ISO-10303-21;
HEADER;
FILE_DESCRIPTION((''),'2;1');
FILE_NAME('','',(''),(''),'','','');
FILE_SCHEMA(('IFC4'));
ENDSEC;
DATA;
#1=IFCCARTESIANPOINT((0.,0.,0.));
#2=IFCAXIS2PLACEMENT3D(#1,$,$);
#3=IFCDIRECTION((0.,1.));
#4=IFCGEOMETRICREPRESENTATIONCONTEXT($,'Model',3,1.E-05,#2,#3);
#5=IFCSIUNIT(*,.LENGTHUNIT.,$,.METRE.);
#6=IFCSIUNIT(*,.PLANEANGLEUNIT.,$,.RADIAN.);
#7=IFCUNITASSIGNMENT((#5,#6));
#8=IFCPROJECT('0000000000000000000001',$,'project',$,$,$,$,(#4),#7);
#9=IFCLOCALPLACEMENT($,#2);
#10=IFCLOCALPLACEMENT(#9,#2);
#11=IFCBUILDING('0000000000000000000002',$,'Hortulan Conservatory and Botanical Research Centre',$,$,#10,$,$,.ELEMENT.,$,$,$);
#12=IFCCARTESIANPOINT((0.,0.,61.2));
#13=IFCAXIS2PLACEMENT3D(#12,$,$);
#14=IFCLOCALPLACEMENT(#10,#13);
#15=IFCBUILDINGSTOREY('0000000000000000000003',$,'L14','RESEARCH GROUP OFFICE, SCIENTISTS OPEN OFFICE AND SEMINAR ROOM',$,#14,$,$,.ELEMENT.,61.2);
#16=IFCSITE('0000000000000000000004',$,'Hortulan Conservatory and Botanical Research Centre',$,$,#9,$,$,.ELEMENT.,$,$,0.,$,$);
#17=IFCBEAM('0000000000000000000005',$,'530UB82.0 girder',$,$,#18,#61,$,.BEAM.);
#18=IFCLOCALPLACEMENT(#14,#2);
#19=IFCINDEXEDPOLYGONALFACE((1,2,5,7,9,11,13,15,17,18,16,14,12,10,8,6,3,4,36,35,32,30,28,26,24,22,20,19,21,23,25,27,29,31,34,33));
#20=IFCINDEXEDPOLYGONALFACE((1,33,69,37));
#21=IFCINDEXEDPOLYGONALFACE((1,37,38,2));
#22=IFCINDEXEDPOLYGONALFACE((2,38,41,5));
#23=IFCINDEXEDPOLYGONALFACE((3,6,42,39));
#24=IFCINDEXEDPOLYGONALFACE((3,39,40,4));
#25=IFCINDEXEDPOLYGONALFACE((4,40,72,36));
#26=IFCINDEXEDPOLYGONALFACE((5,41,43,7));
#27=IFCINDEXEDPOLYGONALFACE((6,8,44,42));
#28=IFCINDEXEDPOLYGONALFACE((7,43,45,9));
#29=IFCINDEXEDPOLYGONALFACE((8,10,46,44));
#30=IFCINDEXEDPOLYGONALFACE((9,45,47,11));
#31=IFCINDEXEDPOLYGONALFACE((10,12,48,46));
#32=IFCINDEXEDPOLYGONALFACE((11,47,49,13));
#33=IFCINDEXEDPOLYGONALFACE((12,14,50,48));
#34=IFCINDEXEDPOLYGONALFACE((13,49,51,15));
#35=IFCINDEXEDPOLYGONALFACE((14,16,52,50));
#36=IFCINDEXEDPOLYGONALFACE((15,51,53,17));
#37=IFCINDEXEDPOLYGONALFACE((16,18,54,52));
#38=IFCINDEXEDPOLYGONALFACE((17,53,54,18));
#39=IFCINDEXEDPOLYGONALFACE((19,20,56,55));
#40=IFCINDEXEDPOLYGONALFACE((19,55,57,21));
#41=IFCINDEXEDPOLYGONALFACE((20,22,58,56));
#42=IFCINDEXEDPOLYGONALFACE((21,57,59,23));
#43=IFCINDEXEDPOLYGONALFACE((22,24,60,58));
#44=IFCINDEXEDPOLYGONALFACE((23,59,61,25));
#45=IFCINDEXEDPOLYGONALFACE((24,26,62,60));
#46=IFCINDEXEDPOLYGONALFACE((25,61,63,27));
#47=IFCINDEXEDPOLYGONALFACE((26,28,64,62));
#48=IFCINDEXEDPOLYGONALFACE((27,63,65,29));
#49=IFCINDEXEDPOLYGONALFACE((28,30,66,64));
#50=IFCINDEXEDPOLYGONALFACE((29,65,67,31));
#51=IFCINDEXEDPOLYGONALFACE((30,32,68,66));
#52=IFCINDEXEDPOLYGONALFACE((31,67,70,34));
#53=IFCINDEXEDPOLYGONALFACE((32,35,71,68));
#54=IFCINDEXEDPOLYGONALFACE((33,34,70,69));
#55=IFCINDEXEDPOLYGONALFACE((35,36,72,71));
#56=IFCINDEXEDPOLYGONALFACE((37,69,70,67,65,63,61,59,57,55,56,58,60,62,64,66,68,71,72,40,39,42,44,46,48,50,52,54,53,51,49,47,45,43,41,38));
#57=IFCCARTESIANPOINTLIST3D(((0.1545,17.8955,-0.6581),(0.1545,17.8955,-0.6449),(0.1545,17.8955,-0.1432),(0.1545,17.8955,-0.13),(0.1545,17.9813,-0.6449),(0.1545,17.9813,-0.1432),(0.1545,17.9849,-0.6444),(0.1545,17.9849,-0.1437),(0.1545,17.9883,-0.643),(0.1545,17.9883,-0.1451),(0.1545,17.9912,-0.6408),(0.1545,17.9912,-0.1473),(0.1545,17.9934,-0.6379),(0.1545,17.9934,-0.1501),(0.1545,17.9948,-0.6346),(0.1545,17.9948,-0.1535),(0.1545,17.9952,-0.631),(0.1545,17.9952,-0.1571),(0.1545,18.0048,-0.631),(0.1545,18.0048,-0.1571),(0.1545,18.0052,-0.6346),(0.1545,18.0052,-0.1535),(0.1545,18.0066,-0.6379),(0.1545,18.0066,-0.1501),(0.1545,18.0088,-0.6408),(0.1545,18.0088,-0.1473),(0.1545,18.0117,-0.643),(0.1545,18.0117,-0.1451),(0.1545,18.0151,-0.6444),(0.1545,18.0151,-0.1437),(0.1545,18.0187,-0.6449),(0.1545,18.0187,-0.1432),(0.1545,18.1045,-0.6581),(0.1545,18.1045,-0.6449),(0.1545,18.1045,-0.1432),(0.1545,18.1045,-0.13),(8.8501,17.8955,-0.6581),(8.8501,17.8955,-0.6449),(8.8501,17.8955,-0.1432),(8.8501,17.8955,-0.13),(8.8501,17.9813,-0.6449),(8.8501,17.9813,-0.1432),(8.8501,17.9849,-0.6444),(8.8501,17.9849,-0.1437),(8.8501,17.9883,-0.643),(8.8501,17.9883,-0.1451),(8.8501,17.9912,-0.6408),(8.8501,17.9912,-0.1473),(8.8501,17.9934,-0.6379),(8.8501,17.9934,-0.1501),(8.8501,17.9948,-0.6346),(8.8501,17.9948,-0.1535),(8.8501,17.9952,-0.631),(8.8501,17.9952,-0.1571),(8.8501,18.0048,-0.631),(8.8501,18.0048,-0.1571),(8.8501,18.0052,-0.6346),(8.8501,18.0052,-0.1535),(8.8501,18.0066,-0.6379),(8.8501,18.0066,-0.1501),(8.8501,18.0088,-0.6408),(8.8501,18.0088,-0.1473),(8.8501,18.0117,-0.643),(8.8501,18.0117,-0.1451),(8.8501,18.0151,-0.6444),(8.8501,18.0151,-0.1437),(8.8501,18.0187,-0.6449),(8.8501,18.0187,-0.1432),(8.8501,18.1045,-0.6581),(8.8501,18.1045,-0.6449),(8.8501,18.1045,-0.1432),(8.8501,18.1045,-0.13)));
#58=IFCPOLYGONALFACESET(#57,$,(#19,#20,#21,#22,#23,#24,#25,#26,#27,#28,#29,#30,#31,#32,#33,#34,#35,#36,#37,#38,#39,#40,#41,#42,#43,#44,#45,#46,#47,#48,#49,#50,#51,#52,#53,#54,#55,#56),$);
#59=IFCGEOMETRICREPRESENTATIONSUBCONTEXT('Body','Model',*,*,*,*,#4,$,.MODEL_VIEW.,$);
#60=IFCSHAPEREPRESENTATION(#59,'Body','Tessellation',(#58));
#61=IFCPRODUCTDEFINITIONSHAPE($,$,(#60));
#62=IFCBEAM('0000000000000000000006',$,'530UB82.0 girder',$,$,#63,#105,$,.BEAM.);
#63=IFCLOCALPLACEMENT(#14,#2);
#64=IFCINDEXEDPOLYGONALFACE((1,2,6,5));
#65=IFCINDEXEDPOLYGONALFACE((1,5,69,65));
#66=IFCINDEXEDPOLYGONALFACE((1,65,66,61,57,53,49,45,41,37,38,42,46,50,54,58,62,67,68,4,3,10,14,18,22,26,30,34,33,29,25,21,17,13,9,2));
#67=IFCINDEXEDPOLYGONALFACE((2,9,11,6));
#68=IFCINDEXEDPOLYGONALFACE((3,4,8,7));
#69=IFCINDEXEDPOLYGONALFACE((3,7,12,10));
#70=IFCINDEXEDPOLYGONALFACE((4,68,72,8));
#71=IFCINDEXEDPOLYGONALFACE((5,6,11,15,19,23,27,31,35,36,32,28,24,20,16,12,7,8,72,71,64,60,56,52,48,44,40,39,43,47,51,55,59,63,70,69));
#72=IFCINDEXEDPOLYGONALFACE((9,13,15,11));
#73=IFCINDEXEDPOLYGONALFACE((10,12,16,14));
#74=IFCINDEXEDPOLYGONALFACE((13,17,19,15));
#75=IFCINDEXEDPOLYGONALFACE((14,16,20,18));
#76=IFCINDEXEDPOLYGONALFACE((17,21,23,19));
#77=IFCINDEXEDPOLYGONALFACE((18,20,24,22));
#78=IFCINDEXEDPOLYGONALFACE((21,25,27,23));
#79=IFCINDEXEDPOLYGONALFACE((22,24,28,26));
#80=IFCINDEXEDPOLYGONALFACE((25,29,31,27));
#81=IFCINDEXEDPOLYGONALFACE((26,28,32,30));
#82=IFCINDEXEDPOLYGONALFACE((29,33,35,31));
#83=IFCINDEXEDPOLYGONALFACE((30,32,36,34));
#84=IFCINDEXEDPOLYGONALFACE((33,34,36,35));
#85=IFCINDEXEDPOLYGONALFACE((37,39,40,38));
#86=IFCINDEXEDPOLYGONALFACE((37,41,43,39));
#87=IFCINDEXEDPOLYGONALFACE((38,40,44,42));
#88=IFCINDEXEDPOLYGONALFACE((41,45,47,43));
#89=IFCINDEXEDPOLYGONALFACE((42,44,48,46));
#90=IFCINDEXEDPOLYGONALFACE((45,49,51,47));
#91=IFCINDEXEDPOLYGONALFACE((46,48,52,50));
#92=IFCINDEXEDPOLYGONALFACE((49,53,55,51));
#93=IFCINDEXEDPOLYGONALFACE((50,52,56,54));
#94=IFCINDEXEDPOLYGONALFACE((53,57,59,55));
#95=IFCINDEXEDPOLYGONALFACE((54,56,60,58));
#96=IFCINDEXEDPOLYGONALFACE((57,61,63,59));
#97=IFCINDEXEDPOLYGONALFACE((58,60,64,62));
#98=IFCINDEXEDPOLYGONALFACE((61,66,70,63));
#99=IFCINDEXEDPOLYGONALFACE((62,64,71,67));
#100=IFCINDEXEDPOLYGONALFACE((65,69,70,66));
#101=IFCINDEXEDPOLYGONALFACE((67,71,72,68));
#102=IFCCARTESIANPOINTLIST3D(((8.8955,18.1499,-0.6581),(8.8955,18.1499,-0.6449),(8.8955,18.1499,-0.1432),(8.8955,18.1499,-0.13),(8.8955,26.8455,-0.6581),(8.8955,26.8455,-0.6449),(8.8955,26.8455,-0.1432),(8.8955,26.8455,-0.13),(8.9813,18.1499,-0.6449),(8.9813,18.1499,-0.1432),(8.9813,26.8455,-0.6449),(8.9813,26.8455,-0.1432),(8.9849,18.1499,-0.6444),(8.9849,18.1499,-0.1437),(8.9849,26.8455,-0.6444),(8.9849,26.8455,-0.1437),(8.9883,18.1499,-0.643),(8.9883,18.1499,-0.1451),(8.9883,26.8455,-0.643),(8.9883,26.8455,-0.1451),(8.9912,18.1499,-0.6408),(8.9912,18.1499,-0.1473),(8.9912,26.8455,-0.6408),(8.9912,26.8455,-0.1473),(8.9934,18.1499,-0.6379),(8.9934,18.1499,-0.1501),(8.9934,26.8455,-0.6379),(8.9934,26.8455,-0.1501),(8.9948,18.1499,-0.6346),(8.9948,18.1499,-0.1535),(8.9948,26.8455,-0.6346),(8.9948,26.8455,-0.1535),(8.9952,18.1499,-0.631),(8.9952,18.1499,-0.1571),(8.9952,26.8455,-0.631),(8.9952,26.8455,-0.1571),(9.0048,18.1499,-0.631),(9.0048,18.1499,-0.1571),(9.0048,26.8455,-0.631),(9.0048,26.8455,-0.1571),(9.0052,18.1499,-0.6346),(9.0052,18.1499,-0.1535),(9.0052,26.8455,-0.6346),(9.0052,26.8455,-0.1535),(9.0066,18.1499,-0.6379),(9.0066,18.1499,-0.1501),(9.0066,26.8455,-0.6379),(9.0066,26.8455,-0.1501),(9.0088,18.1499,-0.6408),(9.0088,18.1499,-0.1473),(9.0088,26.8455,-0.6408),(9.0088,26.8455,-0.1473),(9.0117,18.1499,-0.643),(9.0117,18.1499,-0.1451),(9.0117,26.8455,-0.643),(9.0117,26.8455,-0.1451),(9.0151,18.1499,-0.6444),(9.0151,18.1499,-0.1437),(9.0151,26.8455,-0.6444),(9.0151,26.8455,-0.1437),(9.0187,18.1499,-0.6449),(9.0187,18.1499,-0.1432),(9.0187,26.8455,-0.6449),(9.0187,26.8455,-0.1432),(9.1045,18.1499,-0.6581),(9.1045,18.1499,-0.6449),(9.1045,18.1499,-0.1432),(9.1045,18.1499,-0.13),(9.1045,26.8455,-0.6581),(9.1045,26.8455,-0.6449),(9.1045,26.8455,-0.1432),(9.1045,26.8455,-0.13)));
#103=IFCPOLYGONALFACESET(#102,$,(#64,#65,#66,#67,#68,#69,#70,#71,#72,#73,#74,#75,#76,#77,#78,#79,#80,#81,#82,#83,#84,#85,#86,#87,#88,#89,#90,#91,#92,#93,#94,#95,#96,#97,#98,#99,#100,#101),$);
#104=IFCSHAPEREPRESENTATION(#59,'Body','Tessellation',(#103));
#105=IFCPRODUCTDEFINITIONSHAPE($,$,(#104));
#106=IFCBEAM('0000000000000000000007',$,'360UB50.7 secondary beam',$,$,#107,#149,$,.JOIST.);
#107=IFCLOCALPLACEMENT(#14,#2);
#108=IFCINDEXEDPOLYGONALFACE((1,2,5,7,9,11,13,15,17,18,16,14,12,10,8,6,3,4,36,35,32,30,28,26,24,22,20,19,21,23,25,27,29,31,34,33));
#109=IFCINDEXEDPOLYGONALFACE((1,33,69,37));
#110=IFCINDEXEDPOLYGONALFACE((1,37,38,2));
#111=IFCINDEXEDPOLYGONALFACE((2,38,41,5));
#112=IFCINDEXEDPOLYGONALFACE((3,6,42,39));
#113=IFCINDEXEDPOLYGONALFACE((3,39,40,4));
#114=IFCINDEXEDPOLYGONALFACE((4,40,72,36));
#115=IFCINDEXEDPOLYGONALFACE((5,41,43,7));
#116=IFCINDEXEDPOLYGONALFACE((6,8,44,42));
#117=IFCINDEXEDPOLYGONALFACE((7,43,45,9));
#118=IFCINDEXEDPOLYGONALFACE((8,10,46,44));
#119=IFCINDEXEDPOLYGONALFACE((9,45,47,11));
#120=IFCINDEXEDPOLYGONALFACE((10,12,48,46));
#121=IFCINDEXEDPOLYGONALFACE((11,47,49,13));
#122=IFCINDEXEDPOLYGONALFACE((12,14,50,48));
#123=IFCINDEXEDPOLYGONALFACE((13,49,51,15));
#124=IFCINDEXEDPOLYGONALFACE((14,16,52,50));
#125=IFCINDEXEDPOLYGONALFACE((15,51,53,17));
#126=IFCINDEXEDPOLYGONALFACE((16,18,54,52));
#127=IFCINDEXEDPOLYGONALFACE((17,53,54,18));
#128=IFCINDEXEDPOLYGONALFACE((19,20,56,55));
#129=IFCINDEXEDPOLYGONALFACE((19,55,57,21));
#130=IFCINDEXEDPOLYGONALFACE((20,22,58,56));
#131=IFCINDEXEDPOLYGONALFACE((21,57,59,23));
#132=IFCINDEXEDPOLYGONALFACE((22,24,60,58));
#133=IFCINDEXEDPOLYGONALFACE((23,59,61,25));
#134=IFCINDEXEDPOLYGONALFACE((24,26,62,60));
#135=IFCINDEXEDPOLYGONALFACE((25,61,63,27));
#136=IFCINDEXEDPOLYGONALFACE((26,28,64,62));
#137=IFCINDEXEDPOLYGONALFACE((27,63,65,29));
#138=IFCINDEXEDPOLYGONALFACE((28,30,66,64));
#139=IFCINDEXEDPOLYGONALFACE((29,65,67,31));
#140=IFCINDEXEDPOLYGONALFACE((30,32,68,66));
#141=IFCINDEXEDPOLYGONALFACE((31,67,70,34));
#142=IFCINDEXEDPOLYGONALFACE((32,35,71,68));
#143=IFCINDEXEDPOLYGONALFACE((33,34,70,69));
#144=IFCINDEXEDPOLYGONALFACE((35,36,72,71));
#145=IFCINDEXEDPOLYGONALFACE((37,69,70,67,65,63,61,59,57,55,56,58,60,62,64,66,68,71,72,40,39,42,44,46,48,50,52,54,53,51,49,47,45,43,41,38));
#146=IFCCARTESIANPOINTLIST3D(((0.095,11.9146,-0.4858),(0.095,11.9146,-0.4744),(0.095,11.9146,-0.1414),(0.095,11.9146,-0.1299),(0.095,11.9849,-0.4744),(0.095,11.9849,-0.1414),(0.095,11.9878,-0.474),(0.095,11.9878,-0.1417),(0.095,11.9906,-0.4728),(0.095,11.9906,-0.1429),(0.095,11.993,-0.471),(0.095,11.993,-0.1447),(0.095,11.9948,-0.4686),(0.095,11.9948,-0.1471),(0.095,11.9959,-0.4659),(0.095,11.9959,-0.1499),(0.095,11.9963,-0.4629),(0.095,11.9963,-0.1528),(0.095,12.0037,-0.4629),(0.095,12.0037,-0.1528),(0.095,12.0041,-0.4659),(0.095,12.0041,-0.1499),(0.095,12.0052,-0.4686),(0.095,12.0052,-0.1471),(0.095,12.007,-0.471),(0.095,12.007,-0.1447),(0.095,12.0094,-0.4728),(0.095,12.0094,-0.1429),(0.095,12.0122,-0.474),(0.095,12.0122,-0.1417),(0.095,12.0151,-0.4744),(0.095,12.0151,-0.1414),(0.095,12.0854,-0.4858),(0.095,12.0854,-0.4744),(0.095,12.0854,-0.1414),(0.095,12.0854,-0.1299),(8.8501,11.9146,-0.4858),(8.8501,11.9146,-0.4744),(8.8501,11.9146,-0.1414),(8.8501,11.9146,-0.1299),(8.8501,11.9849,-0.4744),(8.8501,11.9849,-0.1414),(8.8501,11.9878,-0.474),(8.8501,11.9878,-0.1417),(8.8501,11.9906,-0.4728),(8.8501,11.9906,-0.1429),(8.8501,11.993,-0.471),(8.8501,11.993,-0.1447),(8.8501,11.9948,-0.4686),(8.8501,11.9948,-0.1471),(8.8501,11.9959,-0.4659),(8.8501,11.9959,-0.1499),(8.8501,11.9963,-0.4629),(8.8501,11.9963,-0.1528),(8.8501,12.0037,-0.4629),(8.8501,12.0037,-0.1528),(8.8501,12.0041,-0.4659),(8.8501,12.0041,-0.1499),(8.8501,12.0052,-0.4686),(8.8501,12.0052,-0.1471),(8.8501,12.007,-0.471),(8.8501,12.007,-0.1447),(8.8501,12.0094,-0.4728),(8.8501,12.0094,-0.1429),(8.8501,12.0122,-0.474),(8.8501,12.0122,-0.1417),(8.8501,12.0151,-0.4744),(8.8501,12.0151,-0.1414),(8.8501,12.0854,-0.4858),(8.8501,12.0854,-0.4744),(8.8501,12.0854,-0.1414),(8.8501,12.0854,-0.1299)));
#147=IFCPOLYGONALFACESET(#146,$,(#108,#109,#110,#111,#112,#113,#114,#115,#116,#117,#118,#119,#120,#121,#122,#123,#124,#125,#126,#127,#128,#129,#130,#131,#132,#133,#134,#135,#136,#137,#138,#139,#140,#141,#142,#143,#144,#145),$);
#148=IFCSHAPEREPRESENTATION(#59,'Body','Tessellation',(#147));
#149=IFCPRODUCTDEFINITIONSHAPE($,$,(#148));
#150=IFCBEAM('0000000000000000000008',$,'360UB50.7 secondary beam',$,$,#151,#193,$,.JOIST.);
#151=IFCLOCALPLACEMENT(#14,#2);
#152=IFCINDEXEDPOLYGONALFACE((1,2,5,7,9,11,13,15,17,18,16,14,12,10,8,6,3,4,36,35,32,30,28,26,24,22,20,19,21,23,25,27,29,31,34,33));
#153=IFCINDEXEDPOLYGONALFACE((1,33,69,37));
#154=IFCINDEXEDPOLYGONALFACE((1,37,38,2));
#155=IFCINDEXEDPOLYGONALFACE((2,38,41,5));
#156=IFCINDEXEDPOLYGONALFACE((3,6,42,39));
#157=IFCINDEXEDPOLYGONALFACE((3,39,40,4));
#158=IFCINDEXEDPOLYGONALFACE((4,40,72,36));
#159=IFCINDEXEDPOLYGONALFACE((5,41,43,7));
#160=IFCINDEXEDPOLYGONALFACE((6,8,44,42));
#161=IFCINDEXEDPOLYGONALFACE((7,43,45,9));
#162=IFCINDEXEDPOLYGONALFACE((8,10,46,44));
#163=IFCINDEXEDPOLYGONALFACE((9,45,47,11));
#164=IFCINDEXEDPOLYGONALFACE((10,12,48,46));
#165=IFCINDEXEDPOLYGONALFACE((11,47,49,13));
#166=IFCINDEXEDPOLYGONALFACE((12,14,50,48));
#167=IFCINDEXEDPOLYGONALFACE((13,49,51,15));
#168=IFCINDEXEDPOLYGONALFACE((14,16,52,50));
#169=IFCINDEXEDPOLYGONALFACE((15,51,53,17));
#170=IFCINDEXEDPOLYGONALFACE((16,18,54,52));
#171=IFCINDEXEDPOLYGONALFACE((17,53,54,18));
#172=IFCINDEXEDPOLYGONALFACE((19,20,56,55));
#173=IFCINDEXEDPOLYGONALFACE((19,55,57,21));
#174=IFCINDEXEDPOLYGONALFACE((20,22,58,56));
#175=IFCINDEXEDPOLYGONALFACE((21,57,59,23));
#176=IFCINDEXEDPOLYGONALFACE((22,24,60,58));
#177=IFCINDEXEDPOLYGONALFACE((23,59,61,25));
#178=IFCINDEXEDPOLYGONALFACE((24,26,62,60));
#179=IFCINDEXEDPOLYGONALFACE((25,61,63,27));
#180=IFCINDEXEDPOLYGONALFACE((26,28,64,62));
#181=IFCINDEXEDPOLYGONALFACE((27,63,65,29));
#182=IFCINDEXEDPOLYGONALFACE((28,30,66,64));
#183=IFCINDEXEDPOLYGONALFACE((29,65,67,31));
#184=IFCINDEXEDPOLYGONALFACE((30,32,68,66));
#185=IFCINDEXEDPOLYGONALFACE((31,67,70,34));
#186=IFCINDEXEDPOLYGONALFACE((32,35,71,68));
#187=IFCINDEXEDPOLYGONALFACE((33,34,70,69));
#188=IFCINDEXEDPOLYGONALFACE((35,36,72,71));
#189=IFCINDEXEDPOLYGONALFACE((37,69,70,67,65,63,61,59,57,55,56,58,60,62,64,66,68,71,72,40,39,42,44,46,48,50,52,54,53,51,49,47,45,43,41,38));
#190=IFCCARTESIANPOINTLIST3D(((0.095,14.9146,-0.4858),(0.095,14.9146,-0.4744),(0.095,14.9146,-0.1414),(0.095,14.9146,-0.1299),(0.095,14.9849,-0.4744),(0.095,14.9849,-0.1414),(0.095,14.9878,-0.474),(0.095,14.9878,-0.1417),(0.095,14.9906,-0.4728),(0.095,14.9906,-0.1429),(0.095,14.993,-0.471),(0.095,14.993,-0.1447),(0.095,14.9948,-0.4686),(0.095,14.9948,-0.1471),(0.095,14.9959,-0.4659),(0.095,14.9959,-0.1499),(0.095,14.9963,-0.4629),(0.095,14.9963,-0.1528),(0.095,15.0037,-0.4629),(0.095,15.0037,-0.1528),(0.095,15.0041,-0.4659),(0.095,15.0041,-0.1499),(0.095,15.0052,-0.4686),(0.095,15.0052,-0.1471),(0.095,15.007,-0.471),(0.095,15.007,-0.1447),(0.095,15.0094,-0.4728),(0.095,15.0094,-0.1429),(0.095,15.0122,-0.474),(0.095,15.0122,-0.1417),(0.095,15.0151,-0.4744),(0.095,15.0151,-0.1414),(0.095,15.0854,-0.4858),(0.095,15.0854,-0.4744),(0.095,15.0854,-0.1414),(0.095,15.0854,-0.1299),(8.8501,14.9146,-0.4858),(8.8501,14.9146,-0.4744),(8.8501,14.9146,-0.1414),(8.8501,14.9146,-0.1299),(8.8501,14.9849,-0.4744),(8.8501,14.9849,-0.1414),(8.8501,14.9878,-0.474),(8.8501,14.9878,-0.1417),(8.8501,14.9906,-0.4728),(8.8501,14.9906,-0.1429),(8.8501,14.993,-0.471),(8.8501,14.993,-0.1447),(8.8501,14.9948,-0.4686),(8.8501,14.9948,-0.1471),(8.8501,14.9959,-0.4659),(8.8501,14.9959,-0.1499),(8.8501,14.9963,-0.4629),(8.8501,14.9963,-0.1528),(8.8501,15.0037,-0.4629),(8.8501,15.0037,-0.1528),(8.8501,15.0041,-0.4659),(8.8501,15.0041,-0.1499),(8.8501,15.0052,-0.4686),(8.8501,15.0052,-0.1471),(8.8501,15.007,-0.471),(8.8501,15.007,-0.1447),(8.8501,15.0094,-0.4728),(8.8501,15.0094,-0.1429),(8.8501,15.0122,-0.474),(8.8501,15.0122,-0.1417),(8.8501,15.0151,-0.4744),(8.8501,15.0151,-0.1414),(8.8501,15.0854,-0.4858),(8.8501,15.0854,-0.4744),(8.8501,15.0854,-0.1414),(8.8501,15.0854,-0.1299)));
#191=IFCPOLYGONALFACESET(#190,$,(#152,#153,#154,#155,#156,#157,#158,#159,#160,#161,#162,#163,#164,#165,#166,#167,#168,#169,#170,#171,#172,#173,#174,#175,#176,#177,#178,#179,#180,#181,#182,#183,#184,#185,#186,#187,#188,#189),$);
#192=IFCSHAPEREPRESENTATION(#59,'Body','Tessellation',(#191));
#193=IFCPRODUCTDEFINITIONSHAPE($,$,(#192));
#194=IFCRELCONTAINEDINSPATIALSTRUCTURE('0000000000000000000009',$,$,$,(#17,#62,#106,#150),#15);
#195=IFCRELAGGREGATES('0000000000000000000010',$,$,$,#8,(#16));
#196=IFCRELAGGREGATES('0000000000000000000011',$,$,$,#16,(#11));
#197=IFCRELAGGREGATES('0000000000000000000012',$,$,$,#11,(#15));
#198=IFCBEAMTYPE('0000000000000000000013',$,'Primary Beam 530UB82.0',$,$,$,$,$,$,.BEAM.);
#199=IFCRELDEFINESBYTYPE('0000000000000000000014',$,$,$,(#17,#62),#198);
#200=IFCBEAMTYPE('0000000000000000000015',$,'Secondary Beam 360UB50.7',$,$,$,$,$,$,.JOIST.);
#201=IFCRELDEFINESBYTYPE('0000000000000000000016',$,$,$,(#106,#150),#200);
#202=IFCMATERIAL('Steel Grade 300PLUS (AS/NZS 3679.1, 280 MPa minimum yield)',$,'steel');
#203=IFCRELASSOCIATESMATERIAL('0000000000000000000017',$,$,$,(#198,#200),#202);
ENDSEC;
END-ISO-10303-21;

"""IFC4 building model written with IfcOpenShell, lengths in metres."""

from ifc_helpers import new_model, si_unit, direction, frame, origin, origin_2d, place, context, subcontext, project, spatial, i_section, extrude, material, material_profile, profile_set, type_object, element, save


model = new_model("IFC4")

# Units and contexts
model_context = context("Model", 3, precision=1e-05, world=origin(), true_north=direction((0.0, 1.0)))
body_context = subcontext(model_context, "Body", "Model", "MODEL_VIEW")
ifc_project = project(units=[si_unit("LENGTHUNIT", "METRE"), si_unit("PLANEANGLEUNIT", "RADIAN")], contexts=[model_context])

# Site, building, storey
site_placement = place(None, origin())
site = spatial("IfcSite", under=ifc_project, at=site_placement, Name="Hortulan Conservatory and Botanical Research Centre", CompositionType="ELEMENT", RefElevation=0.0)
building_placement = place(site_placement, origin())
building = spatial("IfcBuilding", under=site, at=building_placement, Name="Hortulan Conservatory and Botanical Research Centre", CompositionType="ELEMENT")
storey_placement = place(building_placement, frame((0.0, 0.0, 61.2)))
storey = spatial("IfcBuildingStorey", under=building, at=storey_placement, Name="L14", Description="RESEARCH GROUP OFFICE, SCIENTISTS OPEN OFFICE AND SEMINAR ROOM", CompositionType="ELEMENT", Elevation=61.2)

# Shared definitions
ifc_material_1 = material(Name="Steel Grade 300PLUS (AS/NZS 3679.1, 280 MPa minimum yield)", Category="steel")

# Beams
ifc_material_profile_1 = material_profile(ifc_material_1, i_section(OverallWidth=0.209, OverallDepth=0.5281, WebThickness=0.0095, FlangeThickness=0.0132, FilletRadius=0.0139, at=origin_2d()), Name="530UB82.0")
ifc_profile_set_1 = profile_set([ifc_material_profile_1], Name="Steel Grade 300PLUS (AS/NZS 3679.1, 280 MPa minimum yield)")
beam_type_1 = type_object("IfcBeamType", Name="Primary Beam 530UB82.0", PredefinedType="BEAM", material=ifc_profile_set_1)
for number, where, z_axis, x_axis, name in (
    (1, (0.1545, 18.0, -0.394), (1.0, 0.0, 0.0), (0.0, 1.0, 0.0), "530UB82.0 girder"),
    (2, (9.0, 18.1499, -0.394), (0.0, 1.0, 0.0), (-1.0, 0.0, 0.0), "530UB82.0 girder"),
):
    element("IfcBeam", number, at=place(storey_placement, frame(where, z_axis=z_axis, x_axis=x_axis)), inside=storey, type_object=beam_type_1, Name=name, PredefinedType="BEAM", context=body_context, shape_type="SweptSolid", body=[
        extrude(i_section(OverallWidth=0.209, OverallDepth=0.5281, WebThickness=0.0095, FlangeThickness=0.0132, FilletRadius=0.0139, at=origin_2d()), origin(), (0.0, 0.0, 1.0), 8.6956),
    ])
ifc_material_profile_2 = material_profile(ifc_material_1, i_section(OverallWidth=0.1709, OverallDepth=0.356, WebThickness=0.0073, FlangeThickness=0.0115, FilletRadius=0.0115, at=origin_2d()), Name="360UB50.7")
ifc_profile_set_2 = profile_set([ifc_material_profile_2], Name="Steel Grade 300PLUS (AS/NZS 3679.1, 280 MPa minimum yield)")
beam_type_2 = type_object("IfcBeamType", Name="Secondary Beam 360UB50.7", PredefinedType="JOIST", material=ifc_profile_set_2)
for number, where, z_axis, x_axis, name in (
    (3, (0.095, 12.0, -0.3079), (1.0, 0.0, 0.0), (0.0, 1.0, 0.0), "360UB50.7 secondary beam"),
    (4, (0.095, 15.0, -0.3079), (1.0, 0.0, 0.0), (0.0, 1.0, 0.0), "360UB50.7 secondary beam"),
):
    element("IfcBeam", number, at=place(storey_placement, frame(where, z_axis=z_axis, x_axis=x_axis)), inside=storey, type_object=beam_type_2, Name=name, PredefinedType="JOIST", context=body_context, shape_type="SweptSolid", body=[
        extrude(i_section(OverallWidth=0.1709, OverallDepth=0.356, WebThickness=0.0073, FlangeThickness=0.0115, FilletRadius=0.0115, at=origin_2d()), origin(), (0.0, 0.0, 1.0), 8.7551),
    ])

save(model, "model.ifc")
